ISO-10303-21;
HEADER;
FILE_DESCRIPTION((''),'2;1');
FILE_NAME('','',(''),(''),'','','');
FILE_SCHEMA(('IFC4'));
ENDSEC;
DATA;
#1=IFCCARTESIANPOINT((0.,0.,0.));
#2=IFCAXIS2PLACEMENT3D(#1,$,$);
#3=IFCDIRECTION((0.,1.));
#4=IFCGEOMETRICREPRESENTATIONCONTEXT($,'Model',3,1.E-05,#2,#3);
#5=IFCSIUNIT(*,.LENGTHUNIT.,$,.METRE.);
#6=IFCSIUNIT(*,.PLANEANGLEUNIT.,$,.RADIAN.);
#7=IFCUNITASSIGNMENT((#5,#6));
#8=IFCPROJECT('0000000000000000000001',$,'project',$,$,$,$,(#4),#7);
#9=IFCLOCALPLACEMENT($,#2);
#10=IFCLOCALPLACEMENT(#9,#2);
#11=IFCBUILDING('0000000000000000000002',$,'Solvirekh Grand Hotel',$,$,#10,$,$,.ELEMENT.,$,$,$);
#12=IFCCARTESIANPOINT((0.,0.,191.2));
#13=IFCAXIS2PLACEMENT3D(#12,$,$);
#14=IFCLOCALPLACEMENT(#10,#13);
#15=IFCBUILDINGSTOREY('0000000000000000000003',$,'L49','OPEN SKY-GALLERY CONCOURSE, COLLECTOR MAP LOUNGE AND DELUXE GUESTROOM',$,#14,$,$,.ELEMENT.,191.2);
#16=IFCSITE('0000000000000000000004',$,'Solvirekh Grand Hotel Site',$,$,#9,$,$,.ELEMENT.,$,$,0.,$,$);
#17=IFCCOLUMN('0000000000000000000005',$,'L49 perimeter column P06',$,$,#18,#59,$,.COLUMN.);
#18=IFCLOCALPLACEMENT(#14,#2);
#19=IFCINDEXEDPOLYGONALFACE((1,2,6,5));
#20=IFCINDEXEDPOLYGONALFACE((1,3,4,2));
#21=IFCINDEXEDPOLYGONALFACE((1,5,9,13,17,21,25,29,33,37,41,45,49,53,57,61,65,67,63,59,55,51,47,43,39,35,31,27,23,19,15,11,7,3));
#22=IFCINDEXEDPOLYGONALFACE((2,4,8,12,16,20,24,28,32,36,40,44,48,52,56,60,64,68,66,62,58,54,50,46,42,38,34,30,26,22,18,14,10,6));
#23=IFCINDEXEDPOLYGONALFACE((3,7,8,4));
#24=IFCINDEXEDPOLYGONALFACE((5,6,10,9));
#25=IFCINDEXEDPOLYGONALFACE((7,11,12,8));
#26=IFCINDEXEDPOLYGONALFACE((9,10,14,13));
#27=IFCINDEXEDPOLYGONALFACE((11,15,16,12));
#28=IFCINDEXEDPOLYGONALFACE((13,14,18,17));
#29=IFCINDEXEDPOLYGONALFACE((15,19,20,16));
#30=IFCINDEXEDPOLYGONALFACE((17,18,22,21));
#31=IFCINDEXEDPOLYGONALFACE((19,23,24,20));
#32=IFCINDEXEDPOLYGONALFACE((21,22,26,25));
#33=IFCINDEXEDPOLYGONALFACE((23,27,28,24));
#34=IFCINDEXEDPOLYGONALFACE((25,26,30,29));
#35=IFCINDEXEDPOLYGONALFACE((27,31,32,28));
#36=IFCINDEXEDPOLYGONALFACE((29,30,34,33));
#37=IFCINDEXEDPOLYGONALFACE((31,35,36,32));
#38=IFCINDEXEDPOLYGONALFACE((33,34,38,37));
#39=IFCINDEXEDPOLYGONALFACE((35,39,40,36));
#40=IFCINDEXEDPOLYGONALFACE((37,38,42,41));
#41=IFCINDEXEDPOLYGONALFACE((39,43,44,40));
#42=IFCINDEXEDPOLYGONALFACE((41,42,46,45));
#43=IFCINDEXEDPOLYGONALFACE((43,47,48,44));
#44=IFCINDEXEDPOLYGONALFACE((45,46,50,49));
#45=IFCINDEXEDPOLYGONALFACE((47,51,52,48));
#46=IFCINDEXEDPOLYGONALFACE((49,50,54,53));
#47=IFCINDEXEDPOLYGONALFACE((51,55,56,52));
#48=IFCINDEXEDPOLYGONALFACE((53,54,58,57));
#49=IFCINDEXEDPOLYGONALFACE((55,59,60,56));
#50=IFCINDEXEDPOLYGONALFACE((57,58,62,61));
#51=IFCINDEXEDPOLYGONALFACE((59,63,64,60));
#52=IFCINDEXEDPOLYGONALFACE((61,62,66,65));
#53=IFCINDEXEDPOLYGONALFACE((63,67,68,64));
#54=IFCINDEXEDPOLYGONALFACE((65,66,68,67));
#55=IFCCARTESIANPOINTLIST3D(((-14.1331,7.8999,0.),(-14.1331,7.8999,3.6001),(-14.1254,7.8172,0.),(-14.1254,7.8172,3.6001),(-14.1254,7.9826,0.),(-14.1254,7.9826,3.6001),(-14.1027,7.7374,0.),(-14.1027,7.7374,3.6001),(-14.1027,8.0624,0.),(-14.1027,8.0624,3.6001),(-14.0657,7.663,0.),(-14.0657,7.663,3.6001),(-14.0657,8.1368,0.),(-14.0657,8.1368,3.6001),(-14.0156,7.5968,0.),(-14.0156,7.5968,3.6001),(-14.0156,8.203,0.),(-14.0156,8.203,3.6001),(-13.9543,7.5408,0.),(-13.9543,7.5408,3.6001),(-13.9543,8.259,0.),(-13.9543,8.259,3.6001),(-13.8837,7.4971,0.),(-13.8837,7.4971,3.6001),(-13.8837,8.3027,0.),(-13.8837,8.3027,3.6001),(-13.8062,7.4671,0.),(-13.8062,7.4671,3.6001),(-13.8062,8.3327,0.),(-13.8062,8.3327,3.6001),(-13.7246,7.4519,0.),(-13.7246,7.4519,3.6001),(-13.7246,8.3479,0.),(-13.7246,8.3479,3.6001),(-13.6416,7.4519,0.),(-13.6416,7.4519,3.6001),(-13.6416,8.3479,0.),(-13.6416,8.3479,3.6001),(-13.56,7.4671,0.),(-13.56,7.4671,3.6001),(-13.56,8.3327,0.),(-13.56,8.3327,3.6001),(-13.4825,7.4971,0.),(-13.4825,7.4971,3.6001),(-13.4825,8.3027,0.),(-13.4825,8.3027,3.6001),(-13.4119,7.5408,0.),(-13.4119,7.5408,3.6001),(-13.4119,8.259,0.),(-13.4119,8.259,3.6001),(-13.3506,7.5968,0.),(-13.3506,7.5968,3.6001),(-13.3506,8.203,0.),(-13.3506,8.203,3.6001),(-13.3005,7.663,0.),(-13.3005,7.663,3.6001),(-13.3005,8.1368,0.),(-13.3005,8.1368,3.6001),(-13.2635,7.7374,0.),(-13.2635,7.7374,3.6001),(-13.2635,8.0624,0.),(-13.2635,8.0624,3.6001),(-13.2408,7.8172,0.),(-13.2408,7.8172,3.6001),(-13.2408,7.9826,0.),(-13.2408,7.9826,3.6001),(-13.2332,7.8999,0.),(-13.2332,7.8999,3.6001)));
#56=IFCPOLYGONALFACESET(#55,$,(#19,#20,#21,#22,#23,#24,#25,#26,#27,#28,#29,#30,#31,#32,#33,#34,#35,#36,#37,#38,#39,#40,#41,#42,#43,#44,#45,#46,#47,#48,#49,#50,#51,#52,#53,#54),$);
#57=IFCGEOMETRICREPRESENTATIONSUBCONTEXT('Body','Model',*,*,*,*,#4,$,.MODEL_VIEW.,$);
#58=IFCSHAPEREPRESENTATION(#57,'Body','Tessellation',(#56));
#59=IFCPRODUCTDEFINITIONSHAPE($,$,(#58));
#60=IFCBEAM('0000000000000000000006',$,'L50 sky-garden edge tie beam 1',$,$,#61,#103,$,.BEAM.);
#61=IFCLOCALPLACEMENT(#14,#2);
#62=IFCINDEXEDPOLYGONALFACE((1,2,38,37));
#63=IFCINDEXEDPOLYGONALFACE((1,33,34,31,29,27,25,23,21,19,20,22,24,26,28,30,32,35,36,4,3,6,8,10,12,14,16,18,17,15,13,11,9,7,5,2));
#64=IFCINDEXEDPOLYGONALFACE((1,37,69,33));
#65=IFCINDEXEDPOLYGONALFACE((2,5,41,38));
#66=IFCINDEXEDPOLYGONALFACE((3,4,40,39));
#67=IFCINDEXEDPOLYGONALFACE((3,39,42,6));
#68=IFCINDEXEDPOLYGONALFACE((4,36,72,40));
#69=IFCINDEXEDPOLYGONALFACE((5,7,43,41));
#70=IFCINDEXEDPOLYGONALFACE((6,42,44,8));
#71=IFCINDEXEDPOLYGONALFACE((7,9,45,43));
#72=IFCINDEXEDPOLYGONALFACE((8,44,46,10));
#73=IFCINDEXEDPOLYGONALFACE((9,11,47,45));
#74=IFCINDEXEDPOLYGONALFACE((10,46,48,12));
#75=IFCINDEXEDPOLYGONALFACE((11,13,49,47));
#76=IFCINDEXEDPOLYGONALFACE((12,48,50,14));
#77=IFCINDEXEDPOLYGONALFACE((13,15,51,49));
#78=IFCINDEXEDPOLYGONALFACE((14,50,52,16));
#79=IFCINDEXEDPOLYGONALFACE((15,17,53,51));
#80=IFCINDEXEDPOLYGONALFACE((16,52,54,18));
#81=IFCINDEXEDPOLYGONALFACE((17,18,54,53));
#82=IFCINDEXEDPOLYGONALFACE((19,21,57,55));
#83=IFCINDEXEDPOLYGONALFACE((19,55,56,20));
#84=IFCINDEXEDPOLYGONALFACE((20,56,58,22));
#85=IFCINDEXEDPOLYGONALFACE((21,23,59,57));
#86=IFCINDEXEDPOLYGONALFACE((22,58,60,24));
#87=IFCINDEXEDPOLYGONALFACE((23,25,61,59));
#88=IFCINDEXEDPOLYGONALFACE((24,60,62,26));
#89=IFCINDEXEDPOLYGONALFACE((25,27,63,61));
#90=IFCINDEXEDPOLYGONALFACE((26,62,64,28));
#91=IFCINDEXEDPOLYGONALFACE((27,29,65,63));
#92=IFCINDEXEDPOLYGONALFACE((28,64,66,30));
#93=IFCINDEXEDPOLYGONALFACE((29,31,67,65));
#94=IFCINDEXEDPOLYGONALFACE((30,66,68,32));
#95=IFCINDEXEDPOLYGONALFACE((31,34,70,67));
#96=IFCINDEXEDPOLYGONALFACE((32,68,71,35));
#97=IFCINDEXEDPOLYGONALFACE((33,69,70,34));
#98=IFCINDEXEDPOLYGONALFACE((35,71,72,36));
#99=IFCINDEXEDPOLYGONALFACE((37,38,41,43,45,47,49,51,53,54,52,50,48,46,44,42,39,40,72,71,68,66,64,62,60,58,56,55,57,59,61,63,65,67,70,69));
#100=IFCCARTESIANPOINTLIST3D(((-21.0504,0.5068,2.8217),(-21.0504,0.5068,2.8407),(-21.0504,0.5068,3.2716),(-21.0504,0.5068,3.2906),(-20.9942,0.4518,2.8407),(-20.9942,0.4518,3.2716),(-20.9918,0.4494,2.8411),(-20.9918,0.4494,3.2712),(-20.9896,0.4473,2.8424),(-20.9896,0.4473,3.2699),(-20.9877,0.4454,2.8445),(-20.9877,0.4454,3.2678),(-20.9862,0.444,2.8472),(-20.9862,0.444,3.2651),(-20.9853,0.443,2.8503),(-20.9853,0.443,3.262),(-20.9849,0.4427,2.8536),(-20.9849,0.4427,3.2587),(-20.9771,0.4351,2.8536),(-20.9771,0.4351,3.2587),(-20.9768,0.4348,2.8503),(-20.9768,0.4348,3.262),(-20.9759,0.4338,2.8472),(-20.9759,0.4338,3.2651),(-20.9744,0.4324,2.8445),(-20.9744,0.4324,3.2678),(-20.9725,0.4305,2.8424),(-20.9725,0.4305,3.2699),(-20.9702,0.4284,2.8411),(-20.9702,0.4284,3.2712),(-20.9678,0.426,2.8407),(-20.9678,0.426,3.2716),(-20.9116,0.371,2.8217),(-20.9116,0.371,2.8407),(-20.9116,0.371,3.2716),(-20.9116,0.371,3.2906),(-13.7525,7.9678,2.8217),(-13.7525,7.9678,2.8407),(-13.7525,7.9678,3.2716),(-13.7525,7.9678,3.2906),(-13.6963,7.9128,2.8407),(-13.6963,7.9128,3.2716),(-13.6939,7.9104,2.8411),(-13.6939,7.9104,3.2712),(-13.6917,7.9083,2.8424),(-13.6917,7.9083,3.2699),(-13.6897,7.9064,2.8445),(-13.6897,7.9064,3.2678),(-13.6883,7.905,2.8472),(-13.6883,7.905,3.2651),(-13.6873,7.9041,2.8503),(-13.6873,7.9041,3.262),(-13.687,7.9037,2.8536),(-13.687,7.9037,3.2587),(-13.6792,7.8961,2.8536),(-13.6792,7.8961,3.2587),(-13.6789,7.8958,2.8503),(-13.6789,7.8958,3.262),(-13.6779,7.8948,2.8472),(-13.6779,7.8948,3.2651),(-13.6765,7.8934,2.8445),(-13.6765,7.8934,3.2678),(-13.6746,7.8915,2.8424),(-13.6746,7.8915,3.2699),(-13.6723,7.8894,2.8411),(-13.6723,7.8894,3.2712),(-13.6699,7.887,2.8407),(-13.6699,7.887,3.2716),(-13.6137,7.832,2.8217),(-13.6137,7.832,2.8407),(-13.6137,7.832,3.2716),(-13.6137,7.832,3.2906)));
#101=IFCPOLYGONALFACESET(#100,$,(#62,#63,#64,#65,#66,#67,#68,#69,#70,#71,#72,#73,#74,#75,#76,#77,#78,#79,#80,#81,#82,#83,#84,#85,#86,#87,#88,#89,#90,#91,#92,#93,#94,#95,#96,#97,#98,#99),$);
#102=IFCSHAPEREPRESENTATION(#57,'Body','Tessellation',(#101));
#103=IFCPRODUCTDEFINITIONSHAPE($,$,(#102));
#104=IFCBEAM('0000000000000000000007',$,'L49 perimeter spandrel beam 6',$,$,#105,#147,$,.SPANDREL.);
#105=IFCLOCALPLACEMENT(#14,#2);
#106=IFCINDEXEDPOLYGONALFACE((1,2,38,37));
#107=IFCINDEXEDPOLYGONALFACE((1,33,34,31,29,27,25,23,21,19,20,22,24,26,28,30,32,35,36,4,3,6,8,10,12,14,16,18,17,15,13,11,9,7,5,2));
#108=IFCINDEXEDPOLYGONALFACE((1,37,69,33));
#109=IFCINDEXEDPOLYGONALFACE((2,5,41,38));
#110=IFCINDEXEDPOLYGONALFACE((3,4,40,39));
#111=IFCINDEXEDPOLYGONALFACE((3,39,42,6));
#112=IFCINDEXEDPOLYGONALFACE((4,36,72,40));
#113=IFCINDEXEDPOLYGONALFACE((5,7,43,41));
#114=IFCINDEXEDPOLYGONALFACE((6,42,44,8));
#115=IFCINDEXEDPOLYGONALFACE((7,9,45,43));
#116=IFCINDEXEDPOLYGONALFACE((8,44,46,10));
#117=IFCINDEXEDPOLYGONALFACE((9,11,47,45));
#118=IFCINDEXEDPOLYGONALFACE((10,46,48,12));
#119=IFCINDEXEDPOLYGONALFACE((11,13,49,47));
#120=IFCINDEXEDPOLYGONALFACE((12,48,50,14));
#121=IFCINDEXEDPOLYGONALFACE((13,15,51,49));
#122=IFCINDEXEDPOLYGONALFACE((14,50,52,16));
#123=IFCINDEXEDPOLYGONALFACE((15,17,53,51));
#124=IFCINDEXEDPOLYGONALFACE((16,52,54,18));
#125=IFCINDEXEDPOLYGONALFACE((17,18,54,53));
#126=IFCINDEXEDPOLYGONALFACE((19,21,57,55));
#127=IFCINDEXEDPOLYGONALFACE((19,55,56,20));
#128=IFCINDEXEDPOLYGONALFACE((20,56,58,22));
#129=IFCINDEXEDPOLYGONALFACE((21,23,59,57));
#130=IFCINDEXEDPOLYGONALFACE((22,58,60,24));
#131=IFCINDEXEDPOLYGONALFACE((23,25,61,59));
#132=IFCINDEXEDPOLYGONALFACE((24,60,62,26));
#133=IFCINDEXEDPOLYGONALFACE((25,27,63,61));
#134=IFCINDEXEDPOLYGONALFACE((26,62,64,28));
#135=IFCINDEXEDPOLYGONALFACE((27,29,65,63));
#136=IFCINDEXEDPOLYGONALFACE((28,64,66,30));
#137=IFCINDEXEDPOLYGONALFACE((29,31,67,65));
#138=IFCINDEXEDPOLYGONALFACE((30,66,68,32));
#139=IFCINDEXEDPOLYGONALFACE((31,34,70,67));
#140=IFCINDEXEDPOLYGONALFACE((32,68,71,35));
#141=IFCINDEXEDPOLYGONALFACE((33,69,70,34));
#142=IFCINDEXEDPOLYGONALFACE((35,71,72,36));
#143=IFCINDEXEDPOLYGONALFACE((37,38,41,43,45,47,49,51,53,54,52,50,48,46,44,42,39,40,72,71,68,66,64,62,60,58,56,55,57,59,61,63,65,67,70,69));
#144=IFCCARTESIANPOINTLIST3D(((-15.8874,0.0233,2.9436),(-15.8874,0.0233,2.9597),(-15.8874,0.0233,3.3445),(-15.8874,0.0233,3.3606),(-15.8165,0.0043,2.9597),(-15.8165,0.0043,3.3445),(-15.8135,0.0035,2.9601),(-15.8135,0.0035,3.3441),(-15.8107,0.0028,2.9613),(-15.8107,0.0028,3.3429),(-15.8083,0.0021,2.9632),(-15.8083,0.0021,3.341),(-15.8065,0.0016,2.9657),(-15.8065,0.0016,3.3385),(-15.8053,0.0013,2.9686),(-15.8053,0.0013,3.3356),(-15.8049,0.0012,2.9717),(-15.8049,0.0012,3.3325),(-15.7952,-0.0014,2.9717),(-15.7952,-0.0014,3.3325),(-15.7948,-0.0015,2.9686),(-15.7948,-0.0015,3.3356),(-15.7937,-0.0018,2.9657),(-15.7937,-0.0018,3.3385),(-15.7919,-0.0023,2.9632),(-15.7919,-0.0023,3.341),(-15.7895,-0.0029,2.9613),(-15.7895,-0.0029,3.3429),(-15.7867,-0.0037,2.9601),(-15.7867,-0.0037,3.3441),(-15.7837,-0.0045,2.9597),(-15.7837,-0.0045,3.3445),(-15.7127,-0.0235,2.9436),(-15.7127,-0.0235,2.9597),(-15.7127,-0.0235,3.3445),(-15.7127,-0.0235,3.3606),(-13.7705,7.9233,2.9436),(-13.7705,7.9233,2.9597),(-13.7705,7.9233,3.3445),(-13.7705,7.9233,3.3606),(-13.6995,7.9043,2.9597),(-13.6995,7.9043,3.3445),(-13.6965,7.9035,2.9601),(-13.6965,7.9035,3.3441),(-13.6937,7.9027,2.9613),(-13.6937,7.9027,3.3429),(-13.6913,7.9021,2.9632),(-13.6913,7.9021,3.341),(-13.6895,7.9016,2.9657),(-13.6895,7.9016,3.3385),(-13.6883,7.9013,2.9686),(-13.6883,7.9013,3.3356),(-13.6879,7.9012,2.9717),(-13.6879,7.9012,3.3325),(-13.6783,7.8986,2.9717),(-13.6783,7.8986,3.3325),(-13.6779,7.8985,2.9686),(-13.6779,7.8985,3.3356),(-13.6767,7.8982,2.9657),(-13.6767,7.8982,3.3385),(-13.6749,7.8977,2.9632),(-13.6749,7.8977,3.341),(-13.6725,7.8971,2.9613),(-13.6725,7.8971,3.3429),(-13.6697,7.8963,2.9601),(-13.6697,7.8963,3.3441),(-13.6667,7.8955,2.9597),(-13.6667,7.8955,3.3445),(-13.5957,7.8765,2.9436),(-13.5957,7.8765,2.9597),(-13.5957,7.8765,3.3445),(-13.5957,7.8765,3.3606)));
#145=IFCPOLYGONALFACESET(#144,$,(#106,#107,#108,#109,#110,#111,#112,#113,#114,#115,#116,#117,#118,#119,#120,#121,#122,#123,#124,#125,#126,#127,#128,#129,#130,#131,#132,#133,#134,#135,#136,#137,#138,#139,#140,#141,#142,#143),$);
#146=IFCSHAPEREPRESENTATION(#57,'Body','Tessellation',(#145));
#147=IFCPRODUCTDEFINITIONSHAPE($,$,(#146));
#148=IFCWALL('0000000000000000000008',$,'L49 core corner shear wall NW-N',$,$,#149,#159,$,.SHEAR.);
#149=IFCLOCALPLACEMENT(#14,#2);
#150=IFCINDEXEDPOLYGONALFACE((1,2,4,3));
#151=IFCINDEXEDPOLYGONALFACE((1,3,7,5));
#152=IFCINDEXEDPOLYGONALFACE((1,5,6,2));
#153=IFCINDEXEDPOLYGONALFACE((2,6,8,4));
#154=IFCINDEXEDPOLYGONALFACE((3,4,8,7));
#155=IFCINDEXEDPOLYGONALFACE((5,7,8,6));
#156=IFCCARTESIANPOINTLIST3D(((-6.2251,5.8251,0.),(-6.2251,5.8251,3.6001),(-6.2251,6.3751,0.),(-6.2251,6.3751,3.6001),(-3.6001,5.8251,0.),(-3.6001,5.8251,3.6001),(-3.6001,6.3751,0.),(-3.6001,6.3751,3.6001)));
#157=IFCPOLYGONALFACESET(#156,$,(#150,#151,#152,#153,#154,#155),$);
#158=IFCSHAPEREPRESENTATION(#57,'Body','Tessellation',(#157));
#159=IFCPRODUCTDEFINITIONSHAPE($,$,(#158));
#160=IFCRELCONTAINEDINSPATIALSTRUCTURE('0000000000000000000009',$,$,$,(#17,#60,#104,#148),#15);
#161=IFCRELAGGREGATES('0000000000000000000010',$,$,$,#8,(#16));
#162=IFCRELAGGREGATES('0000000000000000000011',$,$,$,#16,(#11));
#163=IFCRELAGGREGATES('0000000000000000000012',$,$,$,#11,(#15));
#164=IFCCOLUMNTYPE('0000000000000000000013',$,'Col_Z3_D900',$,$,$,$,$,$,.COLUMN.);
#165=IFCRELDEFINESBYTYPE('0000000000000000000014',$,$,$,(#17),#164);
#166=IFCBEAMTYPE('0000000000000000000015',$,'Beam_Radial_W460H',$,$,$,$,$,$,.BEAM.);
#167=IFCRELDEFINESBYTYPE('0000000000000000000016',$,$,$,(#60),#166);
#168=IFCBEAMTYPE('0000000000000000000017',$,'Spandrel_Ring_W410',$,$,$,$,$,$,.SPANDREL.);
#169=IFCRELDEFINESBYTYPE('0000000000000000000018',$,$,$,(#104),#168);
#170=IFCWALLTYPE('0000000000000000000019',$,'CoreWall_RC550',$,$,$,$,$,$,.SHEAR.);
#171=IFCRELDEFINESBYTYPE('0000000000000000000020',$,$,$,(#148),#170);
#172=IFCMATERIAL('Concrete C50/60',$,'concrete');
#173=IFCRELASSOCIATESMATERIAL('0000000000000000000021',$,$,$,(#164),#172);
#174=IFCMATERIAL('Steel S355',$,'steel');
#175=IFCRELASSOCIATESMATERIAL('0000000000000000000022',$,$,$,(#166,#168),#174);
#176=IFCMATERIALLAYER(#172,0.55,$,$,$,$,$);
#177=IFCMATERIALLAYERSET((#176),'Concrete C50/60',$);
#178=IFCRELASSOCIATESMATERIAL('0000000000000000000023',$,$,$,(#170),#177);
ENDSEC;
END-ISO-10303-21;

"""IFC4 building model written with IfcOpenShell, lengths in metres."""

from ifc_helpers import new_model, si_unit, direction, frame, frame_2d, origin, origin_2d, place, context, subcontext, project, spatial, rectangle, circle, i_section, extrude, material, layer, layer_set, material_profile, profile_set, type_object, element, save


model = new_model("IFC4")

# Units and contexts
model_context = context("Model", 3, precision=1e-05, world=origin(), true_north=direction((0.0, 1.0)))
body_context = subcontext(model_context, "Body", "Model", "MODEL_VIEW")
ifc_project = project(units=[si_unit("LENGTHUNIT", "METRE"), si_unit("PLANEANGLEUNIT", "RADIAN")], contexts=[model_context])

# Site, building, storey
site_placement = place(None, origin())
site = spatial("IfcSite", under=ifc_project, at=site_placement, Name="Solvirekh Grand Hotel Site", CompositionType="ELEMENT", RefElevation=0.0)
building_placement = place(site_placement, origin())
building = spatial("IfcBuilding", under=site, at=building_placement, Name="Solvirekh Grand Hotel", CompositionType="ELEMENT")
storey_placement = place(building_placement, frame((0.0, 0.0, 191.2)))
storey = spatial("IfcBuildingStorey", under=building, at=storey_placement, Name="L49", Description="OPEN SKY-GALLERY CONCOURSE, COLLECTOR MAP LOUNGE AND DELUXE GUESTROOM", CompositionType="ELEMENT", Elevation=191.2)

# Column
ifc_material_1 = material(Name="Concrete C50/60", Category="concrete")
ifc_material_profile_1 = material_profile(ifc_material_1, circle(Radius=0.45, at=origin_2d()), Name="RC CIRC D900")
ifc_profile_set_1 = profile_set([ifc_material_profile_1], Name="Concrete C50/60")
column_type = type_object("IfcColumnType", Name="Col_Z3_D900", PredefinedType="COLUMN", material=ifc_profile_set_1)
column_placement = place(storey_placement, frame((-13.6831, 7.8999, 0.0), z_axis=(0.0, 0.0, 1.0), x_axis=(1.0, 0.0, 0.0)))
element("IfcColumn", 1, at=column_placement, inside=storey, type_object=column_type, Name="L49 perimeter column P06", PredefinedType="COLUMN", context=body_context, shape_type="SweptSolid", body=[
    extrude(circle(Radius=0.45, at=origin_2d()), origin(), (0.0, 0.0, 1.0), 3.6001),
])

# Beams
ifc_material_2 = material(Name="Steel S355", Category="steel")
ifc_material_profile_2 = material_profile(ifc_material_2, i_section(OverallWidth=0.1941, OverallDepth=0.469, WebThickness=0.011, FlangeThickness=0.019, FilletRadius=0.0129, at=origin_2d()), Name="W460X106")
ifc_profile_set_2 = profile_set([ifc_material_profile_2], Name="Steel S355")
beam_type_1 = type_object("IfcBeamType", Name="Beam_Radial_W460H", PredefinedType="BEAM", material=ifc_profile_set_2)
beam_1_placement = place(storey_placement, frame((-13.6831, 7.8999, 3.0562), z_axis=(-0.69925, -0.714877, 0.0), x_axis=(0.714877, -0.69925, 0.0)))
element("IfcBeam", 2, at=beam_1_placement, inside=storey, type_object=beam_type_1, Name="L50 sky-garden edge tie beam 1", PredefinedType="BEAM", context=body_context, shape_type="SweptSolid", body=[
    extrude(i_section(OverallWidth=0.1941, OverallDepth=0.469, WebThickness=0.011, FlangeThickness=0.019, FilletRadius=0.0129, at=origin_2d()), origin(), (0.0, 0.0, 1.0), 10.4368),
])
ifc_material_profile_3 = material_profile(ifc_material_2, i_section(OverallWidth=0.1809, OverallDepth=0.417, WebThickness=0.01, FlangeThickness=0.0161, FilletRadius=0.012, at=origin_2d()), Name="W410X85")
ifc_profile_set_3 = profile_set([ifc_material_profile_3], Name="Steel S355")
beam_type_2 = type_object("IfcBeamType", Name="Spandrel_Ring_W410", PredefinedType="SPANDREL", material=ifc_profile_set_3)
beam_2_placement = place(storey_placement, frame((-13.6831, 7.8999, 3.1521), z_axis=(-0.258839, -0.965921, 0.0), x_axis=(0.965921, -0.258839, 0.0)))
element("IfcBeam", 3, at=beam_2_placement, inside=storey, type_object=beam_type_2, Name="L49 perimeter spandrel beam 6", PredefinedType="SPANDREL", context=body_context, shape_type="SweptSolid", body=[
    extrude(i_section(OverallWidth=0.1809, OverallDepth=0.417, WebThickness=0.01, FlangeThickness=0.0161, FilletRadius=0.012, at=origin_2d()), origin(), (0.0, 0.0, 1.0), 8.1787),
])

# Wall
ifc_layer_1 = layer(ifc_material_1, 0.55)
ifc_layer_set_1 = layer_set([ifc_layer_1], Name="Concrete C50/60")
wall_type_1 = type_object("IfcWallType", Name="CoreWall_RC550", PredefinedType="SHEAR", material=ifc_layer_set_1)
wall_1_placement = place(storey_placement, frame((-6.2251, 6.1001, 0.0), z_axis=(0.0, 0.0, 1.0), x_axis=(1.0, 0.0, 0.0)))
element("IfcWall", 4, at=wall_1_placement, inside=storey, type_object=wall_type_1, Name="L49 core corner shear wall NW-N", PredefinedType="SHEAR", context=body_context, shape_type="SweptSolid", body=[
    extrude(rectangle(XDim=2.625, YDim=0.55, at=frame_2d((1.3125, 0.0))), origin(), (0.0, 0.0, 1.0), 3.6001),
])

save(model, "model.ifc")
